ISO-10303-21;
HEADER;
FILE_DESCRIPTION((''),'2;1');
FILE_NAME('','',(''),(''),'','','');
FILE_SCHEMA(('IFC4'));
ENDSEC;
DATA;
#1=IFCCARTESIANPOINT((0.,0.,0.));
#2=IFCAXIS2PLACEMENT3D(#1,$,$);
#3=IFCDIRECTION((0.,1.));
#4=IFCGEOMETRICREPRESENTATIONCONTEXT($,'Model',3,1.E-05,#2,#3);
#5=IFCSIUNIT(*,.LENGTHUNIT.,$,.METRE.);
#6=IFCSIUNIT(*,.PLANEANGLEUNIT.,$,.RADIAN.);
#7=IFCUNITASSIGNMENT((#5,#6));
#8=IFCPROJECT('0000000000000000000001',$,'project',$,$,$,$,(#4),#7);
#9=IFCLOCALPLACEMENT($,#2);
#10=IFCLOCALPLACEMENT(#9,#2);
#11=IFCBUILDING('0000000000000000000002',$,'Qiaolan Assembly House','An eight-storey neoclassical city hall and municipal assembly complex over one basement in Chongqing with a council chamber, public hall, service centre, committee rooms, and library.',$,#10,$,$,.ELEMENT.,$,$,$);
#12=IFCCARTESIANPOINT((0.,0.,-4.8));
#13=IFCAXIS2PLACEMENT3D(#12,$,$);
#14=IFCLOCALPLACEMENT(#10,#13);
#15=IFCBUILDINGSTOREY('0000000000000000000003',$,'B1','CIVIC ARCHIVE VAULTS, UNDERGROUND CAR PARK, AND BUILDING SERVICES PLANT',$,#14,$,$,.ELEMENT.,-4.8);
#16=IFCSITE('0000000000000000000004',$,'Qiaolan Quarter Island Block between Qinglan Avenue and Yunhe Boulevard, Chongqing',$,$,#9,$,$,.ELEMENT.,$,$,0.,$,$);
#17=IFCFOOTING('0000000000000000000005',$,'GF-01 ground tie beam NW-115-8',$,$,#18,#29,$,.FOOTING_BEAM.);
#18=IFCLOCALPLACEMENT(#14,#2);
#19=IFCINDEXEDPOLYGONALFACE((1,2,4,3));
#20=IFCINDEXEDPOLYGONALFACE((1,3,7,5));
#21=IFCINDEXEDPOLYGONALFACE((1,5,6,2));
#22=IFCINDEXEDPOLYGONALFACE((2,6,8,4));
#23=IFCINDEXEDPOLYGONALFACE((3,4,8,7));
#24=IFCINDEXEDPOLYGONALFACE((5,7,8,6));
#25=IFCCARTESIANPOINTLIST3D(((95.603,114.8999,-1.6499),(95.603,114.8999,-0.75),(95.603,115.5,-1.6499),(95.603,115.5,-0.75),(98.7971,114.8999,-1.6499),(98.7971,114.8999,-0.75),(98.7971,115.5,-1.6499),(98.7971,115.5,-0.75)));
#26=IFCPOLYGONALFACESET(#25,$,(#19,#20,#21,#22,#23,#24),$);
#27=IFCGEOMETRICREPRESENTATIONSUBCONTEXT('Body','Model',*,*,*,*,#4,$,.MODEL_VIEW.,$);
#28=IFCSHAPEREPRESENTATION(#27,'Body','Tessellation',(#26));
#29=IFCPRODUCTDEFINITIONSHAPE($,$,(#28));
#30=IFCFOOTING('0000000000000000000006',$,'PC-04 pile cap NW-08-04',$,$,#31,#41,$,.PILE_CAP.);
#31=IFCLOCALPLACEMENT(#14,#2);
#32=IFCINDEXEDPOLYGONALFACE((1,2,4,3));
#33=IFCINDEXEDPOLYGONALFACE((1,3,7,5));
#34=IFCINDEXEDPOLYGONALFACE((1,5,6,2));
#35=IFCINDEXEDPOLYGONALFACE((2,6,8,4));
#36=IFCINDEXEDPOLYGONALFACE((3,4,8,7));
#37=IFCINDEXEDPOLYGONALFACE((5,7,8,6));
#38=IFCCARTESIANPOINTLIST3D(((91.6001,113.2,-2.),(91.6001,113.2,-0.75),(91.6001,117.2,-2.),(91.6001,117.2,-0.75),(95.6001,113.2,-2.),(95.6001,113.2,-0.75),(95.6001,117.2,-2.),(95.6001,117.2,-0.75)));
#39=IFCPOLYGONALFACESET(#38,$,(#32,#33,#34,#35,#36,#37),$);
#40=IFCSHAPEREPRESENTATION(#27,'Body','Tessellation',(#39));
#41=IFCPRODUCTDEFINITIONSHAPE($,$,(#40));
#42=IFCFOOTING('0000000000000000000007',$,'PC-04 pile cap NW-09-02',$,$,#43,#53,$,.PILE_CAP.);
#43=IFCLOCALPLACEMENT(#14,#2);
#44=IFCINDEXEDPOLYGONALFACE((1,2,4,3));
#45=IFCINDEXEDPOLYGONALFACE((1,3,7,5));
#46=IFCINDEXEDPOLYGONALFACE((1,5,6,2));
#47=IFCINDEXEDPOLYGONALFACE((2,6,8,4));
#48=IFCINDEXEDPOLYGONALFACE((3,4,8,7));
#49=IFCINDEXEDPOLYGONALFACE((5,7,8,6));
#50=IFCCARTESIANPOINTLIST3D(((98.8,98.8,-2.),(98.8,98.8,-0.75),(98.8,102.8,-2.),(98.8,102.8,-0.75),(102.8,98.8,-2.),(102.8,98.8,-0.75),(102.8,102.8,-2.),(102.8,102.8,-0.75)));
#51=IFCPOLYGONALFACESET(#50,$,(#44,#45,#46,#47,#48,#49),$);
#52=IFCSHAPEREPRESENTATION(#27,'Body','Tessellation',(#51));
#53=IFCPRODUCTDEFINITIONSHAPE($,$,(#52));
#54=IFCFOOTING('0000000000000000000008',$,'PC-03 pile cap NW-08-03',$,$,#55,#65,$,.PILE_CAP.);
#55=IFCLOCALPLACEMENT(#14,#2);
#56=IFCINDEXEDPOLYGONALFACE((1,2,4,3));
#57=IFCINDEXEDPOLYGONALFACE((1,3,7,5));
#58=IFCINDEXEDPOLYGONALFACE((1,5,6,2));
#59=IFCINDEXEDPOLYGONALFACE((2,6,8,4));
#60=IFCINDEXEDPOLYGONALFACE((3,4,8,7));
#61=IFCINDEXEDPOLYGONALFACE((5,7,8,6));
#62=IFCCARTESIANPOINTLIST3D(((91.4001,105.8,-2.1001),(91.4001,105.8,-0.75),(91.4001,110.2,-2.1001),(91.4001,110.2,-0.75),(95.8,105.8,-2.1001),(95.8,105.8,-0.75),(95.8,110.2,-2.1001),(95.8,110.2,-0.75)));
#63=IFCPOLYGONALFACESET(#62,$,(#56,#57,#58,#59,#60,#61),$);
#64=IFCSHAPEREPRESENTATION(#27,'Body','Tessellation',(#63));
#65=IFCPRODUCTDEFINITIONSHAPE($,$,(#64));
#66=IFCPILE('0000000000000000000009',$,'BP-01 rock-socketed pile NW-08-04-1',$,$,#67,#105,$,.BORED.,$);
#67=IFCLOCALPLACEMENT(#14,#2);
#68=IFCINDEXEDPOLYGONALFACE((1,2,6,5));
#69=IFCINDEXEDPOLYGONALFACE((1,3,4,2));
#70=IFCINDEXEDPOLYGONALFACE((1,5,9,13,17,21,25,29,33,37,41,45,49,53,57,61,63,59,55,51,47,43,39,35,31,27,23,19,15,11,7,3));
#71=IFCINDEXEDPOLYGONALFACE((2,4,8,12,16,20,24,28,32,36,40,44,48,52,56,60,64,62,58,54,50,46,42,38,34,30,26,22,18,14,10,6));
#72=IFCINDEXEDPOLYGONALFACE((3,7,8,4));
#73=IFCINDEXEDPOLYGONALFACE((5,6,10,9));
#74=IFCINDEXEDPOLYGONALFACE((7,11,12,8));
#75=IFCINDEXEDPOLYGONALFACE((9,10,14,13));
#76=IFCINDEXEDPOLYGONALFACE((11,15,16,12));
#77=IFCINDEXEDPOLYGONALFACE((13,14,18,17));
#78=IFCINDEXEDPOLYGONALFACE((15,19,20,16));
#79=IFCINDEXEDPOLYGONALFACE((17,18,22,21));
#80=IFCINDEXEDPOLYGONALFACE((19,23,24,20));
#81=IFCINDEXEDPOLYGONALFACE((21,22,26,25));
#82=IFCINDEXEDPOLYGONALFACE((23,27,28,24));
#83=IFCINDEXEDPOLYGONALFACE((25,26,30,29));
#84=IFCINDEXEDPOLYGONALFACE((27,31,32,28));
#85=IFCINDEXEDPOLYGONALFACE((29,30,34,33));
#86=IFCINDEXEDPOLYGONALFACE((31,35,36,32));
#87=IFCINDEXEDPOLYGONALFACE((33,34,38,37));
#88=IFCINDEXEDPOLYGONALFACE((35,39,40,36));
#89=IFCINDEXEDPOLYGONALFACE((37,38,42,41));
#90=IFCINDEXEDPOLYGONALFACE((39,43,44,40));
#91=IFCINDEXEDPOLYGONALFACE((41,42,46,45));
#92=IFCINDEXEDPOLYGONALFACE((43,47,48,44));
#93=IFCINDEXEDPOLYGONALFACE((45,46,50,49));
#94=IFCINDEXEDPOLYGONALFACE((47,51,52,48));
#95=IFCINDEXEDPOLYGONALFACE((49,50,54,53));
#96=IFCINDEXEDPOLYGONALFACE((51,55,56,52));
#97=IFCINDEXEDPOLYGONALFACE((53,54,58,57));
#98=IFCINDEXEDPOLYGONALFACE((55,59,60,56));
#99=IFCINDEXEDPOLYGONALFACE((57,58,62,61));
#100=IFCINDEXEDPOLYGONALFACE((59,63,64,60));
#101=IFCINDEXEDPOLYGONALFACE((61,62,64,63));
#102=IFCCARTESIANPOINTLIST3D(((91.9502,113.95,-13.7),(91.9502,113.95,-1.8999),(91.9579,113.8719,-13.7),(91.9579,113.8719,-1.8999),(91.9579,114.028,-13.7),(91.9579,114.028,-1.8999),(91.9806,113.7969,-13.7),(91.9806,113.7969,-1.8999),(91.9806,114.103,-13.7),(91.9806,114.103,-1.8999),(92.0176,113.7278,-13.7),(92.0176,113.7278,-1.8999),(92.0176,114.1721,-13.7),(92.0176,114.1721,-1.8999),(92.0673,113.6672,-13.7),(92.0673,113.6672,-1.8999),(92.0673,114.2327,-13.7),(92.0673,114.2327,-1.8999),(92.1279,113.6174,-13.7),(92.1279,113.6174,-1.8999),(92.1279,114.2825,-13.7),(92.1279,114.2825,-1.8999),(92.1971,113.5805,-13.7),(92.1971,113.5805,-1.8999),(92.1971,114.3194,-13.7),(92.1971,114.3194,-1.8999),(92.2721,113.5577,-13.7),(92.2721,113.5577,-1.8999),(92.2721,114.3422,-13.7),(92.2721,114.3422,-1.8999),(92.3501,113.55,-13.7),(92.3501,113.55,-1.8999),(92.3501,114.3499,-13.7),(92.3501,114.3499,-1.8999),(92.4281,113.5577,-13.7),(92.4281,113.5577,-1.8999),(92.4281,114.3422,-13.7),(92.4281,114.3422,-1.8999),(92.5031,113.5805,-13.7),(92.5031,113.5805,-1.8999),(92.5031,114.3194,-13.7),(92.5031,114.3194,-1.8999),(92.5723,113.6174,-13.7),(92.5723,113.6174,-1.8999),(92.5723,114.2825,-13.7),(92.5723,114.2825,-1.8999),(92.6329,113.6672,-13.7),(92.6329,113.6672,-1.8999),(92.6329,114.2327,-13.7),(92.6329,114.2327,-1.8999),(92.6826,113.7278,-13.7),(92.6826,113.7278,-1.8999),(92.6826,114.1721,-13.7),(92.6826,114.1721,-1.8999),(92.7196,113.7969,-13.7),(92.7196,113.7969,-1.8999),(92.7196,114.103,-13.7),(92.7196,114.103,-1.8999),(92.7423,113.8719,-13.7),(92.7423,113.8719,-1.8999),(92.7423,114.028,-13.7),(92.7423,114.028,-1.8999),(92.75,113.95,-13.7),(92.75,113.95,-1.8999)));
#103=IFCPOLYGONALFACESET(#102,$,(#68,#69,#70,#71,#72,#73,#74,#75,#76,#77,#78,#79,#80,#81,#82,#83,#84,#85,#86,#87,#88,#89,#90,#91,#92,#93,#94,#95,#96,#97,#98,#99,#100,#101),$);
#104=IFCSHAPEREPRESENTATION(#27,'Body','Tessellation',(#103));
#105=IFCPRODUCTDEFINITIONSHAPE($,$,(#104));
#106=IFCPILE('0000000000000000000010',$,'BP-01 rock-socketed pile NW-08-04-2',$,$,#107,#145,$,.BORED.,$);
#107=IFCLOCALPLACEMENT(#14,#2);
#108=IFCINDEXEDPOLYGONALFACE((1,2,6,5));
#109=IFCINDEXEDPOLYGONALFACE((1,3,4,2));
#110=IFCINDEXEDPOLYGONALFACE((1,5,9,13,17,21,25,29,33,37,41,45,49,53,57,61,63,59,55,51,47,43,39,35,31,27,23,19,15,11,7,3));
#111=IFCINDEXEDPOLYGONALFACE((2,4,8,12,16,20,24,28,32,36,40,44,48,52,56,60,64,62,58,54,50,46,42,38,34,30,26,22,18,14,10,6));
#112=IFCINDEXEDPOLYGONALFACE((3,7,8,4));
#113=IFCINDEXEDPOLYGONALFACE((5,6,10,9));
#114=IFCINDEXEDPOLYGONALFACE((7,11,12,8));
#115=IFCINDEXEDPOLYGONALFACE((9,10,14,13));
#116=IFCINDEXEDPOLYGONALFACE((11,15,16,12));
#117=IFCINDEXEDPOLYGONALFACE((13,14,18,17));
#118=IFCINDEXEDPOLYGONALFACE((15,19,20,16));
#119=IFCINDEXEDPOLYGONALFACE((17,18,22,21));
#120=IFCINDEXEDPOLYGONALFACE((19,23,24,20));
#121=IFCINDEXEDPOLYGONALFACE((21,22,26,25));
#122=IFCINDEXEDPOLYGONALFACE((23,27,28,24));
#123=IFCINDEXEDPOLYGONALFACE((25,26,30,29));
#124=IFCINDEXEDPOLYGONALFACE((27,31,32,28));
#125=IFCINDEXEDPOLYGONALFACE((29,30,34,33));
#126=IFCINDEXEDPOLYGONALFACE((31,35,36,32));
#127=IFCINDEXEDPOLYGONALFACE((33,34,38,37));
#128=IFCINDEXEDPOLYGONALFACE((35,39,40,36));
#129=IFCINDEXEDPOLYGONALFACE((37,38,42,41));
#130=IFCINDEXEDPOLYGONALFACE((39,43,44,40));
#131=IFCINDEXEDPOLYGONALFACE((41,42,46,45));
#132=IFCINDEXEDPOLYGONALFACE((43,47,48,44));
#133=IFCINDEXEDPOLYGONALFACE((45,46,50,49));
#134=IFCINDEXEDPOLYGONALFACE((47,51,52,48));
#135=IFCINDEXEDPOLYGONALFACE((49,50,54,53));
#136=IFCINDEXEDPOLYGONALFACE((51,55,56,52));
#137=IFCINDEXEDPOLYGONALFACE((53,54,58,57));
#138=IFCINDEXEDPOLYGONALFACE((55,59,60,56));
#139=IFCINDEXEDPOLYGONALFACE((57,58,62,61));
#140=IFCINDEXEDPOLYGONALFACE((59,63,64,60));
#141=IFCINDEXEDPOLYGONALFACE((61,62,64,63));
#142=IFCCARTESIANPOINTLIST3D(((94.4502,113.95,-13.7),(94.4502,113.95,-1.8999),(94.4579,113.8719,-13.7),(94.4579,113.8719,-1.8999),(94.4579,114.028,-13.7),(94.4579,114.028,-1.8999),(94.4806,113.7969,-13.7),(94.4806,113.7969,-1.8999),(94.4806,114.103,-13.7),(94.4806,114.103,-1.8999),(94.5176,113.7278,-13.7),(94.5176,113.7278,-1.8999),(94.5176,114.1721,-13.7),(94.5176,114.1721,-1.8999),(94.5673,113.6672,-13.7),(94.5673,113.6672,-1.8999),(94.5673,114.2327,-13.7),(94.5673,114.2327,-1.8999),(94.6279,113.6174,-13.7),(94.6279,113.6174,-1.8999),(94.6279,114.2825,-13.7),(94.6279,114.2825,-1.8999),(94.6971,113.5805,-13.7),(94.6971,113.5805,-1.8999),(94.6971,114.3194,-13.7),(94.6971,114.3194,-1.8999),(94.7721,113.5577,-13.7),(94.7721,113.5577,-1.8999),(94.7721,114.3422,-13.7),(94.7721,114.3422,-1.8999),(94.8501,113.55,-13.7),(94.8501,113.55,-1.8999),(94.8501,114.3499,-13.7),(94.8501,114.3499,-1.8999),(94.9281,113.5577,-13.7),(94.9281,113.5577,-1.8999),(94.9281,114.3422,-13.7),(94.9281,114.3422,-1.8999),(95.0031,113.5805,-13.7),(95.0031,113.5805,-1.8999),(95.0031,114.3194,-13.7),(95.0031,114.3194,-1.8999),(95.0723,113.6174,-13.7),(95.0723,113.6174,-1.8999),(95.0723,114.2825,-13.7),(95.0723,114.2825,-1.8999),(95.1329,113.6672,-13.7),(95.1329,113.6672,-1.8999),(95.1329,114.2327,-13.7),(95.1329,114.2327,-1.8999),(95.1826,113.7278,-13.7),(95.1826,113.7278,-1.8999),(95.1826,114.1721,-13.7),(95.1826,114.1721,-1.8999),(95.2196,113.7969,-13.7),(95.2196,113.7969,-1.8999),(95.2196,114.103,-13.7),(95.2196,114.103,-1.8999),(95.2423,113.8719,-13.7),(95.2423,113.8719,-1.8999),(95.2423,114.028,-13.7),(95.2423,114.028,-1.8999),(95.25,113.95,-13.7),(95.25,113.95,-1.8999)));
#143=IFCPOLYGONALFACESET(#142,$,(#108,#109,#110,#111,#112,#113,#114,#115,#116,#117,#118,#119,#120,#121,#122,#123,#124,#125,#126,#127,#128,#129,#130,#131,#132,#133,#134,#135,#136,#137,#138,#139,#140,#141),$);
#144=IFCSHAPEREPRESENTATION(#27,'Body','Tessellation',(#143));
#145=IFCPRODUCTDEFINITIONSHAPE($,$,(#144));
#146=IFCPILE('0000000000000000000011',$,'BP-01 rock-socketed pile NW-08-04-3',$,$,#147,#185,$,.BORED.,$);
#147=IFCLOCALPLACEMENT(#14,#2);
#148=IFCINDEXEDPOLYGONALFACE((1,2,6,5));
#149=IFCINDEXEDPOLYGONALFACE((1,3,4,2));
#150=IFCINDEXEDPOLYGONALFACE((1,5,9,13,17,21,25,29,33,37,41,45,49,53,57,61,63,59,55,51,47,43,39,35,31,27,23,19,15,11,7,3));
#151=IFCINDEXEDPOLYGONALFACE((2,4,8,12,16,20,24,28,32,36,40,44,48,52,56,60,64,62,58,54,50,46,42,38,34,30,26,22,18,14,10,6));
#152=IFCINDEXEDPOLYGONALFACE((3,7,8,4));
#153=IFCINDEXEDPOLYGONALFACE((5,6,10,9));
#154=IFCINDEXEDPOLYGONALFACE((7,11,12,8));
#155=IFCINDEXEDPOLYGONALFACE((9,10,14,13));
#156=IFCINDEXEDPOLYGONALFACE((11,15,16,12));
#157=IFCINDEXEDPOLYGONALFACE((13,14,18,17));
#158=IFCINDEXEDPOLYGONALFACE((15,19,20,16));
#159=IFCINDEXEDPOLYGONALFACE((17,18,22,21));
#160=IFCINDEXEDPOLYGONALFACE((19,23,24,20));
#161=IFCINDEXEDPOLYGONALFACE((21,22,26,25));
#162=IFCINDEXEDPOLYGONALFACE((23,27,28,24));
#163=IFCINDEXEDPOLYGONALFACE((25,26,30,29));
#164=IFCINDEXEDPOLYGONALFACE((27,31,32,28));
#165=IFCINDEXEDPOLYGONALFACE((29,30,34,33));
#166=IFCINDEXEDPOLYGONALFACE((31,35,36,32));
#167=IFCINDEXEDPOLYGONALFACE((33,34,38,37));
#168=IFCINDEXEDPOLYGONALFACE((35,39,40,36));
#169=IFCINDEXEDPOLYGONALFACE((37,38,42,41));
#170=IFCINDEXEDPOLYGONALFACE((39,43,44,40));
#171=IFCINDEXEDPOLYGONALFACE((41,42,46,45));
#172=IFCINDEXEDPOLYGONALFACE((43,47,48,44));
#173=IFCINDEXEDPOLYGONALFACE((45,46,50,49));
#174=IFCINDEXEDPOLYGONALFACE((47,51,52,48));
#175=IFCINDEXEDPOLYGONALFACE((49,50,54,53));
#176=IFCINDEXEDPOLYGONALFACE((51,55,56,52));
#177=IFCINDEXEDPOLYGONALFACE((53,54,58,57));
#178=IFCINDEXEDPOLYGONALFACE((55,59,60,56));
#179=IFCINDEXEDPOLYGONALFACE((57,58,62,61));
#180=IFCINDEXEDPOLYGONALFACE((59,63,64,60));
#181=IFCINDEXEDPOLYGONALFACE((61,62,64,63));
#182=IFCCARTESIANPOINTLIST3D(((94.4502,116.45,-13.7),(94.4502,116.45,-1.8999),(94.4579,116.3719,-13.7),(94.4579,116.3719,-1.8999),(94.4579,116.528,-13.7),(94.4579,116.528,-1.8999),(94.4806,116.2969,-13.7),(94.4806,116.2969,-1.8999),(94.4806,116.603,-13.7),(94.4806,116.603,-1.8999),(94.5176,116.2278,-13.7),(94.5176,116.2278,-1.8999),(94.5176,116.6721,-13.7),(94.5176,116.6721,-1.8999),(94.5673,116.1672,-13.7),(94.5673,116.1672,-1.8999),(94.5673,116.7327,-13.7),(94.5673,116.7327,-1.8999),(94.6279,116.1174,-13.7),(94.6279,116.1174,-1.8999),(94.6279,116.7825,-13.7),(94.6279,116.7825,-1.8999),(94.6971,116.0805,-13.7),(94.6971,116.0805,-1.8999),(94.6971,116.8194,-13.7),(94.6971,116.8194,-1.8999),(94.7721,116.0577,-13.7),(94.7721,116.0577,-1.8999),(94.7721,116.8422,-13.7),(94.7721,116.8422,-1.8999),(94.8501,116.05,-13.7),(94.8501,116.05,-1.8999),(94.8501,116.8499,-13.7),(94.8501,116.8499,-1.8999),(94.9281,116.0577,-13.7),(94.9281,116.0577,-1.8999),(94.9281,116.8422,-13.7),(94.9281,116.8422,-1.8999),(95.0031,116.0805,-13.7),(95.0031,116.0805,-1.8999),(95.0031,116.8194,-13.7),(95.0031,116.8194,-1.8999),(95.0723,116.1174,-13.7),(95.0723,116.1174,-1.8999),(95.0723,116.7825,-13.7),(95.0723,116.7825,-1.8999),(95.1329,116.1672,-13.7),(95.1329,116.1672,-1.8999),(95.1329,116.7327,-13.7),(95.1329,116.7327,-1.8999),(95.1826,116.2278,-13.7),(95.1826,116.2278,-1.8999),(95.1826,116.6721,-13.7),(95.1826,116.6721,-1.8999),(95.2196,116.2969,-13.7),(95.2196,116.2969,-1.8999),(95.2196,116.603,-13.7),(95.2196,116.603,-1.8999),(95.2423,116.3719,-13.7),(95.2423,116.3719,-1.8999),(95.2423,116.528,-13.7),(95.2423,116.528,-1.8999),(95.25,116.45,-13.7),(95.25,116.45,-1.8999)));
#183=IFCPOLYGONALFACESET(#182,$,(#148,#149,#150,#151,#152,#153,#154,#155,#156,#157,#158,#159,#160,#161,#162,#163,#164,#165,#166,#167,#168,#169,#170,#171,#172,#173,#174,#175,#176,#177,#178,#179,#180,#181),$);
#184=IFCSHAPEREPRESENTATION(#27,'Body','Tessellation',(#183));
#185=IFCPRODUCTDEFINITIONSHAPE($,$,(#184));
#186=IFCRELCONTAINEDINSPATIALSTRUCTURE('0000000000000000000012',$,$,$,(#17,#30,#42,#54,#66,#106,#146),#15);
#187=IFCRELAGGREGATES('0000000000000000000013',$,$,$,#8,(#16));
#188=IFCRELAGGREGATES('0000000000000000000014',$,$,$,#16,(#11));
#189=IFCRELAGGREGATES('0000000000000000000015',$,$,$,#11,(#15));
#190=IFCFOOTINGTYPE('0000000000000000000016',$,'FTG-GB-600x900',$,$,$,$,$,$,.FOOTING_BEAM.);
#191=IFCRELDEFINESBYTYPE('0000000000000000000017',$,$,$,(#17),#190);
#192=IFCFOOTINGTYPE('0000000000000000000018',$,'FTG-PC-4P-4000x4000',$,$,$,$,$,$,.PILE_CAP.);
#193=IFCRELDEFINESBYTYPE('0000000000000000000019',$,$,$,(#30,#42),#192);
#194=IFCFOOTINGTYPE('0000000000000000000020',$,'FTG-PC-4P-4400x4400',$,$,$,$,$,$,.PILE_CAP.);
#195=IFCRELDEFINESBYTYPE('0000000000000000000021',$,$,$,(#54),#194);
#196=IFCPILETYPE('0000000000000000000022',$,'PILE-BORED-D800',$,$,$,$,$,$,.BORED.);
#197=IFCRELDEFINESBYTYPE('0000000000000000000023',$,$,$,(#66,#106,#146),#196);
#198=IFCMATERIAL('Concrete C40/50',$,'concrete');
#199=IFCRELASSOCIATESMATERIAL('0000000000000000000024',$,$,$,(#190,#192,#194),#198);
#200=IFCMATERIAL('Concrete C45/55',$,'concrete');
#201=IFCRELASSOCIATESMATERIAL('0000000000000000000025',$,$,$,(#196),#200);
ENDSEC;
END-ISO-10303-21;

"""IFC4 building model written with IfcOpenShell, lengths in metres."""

from ifc_helpers import new_model, si_unit, direction, frame, origin, origin_2d, place, context, subcontext, project, spatial, rectangle, circle, extrude, material, material_profile, profile_set, type_object, element, save


model = new_model("IFC4")

# Units and contexts
model_context = context("Model", 3, precision=1e-05, world=origin(), true_north=direction((0.0, 1.0)))
body_context = subcontext(model_context, "Body", "Model", "MODEL_VIEW")
ifc_project = project(units=[si_unit("LENGTHUNIT", "METRE"), si_unit("PLANEANGLEUNIT", "RADIAN")], contexts=[model_context])

# Site, building, storey
site_placement = place(None, origin())
site = spatial("IfcSite", under=ifc_project, at=site_placement, Name="Qiaolan Quarter Island Block between Qinglan Avenue and Yunhe Boulevard, Chongqing", CompositionType="ELEMENT", RefElevation=0.0)
building_placement = place(site_placement, origin())
building = spatial("IfcBuilding", under=site, at=building_placement, Name="Qiaolan Assembly House", Description="An eight-storey neoclassical city hall and municipal assembly complex over one basement in Chongqing with a council chamber, public hall, service centre, committee rooms, and library.", CompositionType="ELEMENT")
storey_placement = place(building_placement, frame((0.0, 0.0, -4.8)))
storey = spatial("IfcBuildingStorey", under=building, at=storey_placement, Name="B1", Description="CIVIC ARCHIVE VAULTS, UNDERGROUND CAR PARK, AND BUILDING SERVICES PLANT", CompositionType="ELEMENT", Elevation=-4.8)

# Footings
ifc_material_1 = material(Name="Concrete C40/50", Category="concrete")
ifc_material_profile_1 = material_profile(ifc_material_1, rectangle(XDim=0.6001, YDim=0.8999, at=origin_2d()), Name="GF 600x900")
ifc_profile_set_1 = profile_set([ifc_material_profile_1], Name="Concrete C40/50")
footing_type_1 = type_object("IfcFootingType", Name="FTG-GB-600x900", PredefinedType="FOOTING_BEAM", material=ifc_profile_set_1)
footing_1_placement = place(storey_placement, frame((95.603, 115.2, -1.2), z_axis=(1.0, 0.0, 0.0), x_axis=(0.0, 1.0, 0.0)))
element("IfcFooting", 1, at=footing_1_placement, inside=storey, type_object=footing_type_1, Name="GF-01 ground tie beam NW-115-8", PredefinedType="FOOTING_BEAM", context=body_context, shape_type="SweptSolid", body=[
    extrude(rectangle(XDim=0.6001, YDim=0.8999, at=origin_2d()), origin(), (0.0, 0.0, 1.0), 3.1941),
])
footing_type_2 = type_object("IfcFootingType", Name="FTG-PC-4P-4000x4000", PredefinedType="PILE_CAP", material=ifc_material_1)
for number, where, z_axis, x_axis, name in (
    (2, (93.6001, 115.2, -2.0), (0.0, 0.0, 1.0), (1.0, 0.0, 0.0), "PC-04 pile cap NW-08-04"),
    (3, (100.8, 100.8, -2.0), (0.0, 0.0, 1.0), (1.0, 0.0, 0.0), "PC-04 pile cap NW-09-02"),
):
    element("IfcFooting", number, at=place(storey_placement, frame(where, z_axis=z_axis, x_axis=x_axis)), inside=storey, type_object=footing_type_2, Name=name, PredefinedType="PILE_CAP", context=body_context, shape_type="SweptSolid", body=[
        extrude(rectangle(XDim=4.0, YDim=4.0, at=origin_2d()), origin(), (0.0, 0.0, 1.0), 1.25),
    ])
footing_type_3 = type_object("IfcFootingType", Name="FTG-PC-4P-4400x4400", PredefinedType="PILE_CAP", material=ifc_material_1)
footing_2_placement = place(storey_placement, frame((93.6001, 108.0, -2.1001), z_axis=(0.0, 0.0, 1.0), x_axis=(1.0, 0.0, 0.0)))
element("IfcFooting", 4, at=footing_2_placement, inside=storey, type_object=footing_type_3, Name="PC-03 pile cap NW-08-03", PredefinedType="PILE_CAP", context=body_context, shape_type="SweptSolid", body=[
    extrude(rectangle(XDim=4.3999, YDim=4.3999, at=origin_2d()), origin(), (0.0, 0.0, 1.0), 1.3501),
])

# Piles
ifc_material_2 = material(Name="Concrete C45/55", Category="concrete")
ifc_material_profile_2 = material_profile(ifc_material_2, circle(Radius=0.3999, at=origin_2d()), Name="PILE D800")
ifc_profile_set_2 = profile_set([ifc_material_profile_2], Name="Concrete C45/55")
pile_type_1 = type_object("IfcPileType", Name="PILE-BORED-D800", PredefinedType="BORED", material=ifc_profile_set_2)
for number, where, z_axis, x_axis, name in (
    (5, (92.3501, 113.95, -1.8999), (0.0, 0.0, -1.0), (1.0, 0.0, 0.0), "BP-01 rock-socketed pile NW-08-04-1"),
    (6, (94.8501, 113.95, -1.8999), (0.0, 0.0, -1.0), (1.0, 0.0, 0.0), "BP-01 rock-socketed pile NW-08-04-2"),
    (7, (94.8501, 116.45, -1.8999), (0.0, 0.0, -1.0), (1.0, 0.0, 0.0), "BP-01 rock-socketed pile NW-08-04-3"),
):
    element("IfcPile", number, at=place(storey_placement, frame(where, z_axis=z_axis, x_axis=x_axis)), inside=storey, type_object=pile_type_1, Name=name, PredefinedType="BORED", context=body_context, shape_type="SweptSolid", body=[
        extrude(circle(Radius=0.3999, at=origin_2d()), origin(), (0.0, 0.0, 1.0), 11.8),
    ])

save(model, "model.ifc")
